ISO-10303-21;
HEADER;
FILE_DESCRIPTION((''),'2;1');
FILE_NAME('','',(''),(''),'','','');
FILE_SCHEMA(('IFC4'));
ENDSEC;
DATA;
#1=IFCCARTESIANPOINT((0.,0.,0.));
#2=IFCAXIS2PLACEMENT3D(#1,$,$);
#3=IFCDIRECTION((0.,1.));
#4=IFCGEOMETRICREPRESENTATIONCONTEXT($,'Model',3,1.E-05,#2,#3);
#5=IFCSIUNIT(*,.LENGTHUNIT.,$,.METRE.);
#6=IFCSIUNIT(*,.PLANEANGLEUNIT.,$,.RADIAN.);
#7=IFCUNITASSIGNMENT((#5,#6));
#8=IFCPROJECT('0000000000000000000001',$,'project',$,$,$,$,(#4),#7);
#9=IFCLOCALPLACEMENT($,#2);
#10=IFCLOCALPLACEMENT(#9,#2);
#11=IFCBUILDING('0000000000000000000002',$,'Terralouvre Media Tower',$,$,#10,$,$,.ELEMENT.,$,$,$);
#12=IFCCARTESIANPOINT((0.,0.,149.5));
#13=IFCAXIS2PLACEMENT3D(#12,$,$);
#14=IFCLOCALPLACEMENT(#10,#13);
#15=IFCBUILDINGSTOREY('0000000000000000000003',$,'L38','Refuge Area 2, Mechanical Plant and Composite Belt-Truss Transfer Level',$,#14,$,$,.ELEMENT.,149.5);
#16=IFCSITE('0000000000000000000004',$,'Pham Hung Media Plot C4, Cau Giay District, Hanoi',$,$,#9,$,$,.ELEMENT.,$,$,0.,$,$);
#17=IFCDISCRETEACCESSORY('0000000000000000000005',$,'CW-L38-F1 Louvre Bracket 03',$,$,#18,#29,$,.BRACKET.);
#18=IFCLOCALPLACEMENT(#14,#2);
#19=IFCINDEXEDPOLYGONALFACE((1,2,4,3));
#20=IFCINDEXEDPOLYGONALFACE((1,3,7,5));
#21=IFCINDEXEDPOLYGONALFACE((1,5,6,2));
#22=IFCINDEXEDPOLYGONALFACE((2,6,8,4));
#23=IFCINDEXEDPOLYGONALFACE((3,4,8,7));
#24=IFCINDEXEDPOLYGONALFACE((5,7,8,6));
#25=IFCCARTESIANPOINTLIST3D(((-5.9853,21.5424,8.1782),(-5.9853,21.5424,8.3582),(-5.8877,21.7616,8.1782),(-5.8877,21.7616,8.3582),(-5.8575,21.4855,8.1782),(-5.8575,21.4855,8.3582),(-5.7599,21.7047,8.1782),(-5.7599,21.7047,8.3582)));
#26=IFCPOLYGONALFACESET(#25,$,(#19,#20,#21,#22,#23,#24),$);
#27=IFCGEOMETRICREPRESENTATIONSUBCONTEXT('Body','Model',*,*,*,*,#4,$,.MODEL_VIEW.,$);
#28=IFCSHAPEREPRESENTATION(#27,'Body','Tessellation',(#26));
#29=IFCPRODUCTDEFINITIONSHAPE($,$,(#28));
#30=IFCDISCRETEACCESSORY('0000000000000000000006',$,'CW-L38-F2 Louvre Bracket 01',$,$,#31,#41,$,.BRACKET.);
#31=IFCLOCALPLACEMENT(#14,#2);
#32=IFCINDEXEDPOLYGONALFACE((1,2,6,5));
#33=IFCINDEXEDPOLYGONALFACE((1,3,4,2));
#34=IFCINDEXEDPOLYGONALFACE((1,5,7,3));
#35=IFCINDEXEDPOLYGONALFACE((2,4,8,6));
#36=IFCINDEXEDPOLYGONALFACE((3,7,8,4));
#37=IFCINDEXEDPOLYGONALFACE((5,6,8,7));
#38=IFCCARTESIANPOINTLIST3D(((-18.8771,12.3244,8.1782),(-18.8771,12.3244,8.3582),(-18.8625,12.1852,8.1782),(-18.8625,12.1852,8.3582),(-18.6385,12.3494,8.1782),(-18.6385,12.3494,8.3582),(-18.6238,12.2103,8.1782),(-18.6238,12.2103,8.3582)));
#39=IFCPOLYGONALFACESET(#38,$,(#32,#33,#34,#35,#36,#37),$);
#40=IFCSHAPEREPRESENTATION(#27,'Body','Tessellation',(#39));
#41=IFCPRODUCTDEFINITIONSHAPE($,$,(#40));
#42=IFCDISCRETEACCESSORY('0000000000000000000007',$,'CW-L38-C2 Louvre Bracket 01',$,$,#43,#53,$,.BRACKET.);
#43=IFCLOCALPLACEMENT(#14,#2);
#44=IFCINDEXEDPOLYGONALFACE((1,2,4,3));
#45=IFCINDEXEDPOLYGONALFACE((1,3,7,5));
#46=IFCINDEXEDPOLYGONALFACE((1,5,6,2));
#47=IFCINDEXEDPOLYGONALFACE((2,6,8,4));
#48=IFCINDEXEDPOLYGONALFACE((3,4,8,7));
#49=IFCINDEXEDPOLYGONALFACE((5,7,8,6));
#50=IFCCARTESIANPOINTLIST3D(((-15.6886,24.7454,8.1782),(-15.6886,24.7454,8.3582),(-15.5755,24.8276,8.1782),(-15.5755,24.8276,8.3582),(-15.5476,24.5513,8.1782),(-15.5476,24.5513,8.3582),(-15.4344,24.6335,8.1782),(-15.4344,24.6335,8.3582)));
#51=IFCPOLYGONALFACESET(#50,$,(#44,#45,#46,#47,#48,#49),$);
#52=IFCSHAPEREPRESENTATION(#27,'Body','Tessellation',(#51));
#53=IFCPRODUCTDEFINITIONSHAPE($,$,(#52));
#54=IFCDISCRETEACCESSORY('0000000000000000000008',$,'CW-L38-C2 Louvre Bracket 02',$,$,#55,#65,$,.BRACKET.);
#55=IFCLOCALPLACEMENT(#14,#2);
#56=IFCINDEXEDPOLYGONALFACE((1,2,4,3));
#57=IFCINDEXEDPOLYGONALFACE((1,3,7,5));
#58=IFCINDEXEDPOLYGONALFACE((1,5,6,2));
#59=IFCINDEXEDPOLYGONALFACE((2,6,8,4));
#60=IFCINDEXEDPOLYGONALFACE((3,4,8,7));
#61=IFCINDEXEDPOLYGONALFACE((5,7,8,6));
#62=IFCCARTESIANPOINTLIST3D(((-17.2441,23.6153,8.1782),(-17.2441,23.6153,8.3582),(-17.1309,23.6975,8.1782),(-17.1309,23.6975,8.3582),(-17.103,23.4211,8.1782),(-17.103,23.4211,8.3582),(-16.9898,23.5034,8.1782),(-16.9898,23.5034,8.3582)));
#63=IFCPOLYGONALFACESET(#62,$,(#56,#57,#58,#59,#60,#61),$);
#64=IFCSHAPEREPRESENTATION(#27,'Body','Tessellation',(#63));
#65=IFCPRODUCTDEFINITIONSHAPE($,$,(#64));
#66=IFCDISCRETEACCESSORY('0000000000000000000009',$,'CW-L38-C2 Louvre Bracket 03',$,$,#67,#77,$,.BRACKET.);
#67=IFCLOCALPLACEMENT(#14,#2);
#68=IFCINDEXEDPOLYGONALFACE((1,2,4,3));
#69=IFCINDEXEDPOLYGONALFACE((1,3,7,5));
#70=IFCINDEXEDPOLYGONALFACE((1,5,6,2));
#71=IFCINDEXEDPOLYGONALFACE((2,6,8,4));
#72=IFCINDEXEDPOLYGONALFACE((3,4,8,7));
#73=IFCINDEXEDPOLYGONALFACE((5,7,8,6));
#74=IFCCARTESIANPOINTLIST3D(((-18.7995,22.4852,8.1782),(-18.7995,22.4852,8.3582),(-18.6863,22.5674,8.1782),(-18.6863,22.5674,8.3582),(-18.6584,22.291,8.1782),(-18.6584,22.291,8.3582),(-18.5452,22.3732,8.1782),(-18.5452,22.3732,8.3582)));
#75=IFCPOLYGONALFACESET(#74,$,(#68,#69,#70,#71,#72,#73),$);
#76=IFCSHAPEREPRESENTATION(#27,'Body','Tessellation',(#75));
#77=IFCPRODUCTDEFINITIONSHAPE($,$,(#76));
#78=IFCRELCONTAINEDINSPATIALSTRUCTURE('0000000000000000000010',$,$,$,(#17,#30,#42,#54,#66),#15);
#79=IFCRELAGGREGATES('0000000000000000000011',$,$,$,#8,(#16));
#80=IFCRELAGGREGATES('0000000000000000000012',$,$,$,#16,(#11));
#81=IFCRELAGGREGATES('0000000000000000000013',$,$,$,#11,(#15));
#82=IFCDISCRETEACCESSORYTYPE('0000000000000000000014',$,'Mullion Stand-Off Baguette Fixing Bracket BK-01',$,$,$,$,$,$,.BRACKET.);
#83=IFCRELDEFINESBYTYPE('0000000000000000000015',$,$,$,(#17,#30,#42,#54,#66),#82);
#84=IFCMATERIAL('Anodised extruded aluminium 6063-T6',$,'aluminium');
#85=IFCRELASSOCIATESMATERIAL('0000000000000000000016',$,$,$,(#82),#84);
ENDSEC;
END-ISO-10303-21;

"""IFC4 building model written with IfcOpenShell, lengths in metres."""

from ifc_helpers import new_model, si_unit, direction, frame, origin, origin_2d, place, context, subcontext, project, spatial, rectangle, extrude, material, type_object, element, save


model = new_model("IFC4")

# Units and contexts
model_context = context("Model", 3, precision=1e-05, world=origin(), true_north=direction((0.0, 1.0)))
body_context = subcontext(model_context, "Body", "Model", "MODEL_VIEW")
ifc_project = project(units=[si_unit("LENGTHUNIT", "METRE"), si_unit("PLANEANGLEUNIT", "RADIAN")], contexts=[model_context])

# Site, building, storey
site_placement = place(None, origin())
site = spatial("IfcSite", under=ifc_project, at=site_placement, Name="Pham Hung Media Plot C4, Cau Giay District, Hanoi", CompositionType="ELEMENT", RefElevation=0.0)
building_placement = place(site_placement, origin())
building = spatial("IfcBuilding", under=site, at=building_placement, Name="Terralouvre Media Tower", CompositionType="ELEMENT")
storey_placement = place(building_placement, frame((0.0, 0.0, 149.5)))
storey = spatial("IfcBuildingStorey", under=building, at=storey_placement, Name="L38", Description="Refuge Area 2, Mechanical Plant and Composite Belt-Truss Transfer Level", CompositionType="ELEMENT", Elevation=149.5)

# Discrete accessories
ifc_material_1 = material(Name="Anodised extruded aluminium 6063-T6", Category="aluminium")
discrete_accessory_type = type_object("IfcDiscreteAccessoryType", Name="Mullion Stand-Off Baguette Fixing Bracket BK-01", PredefinedType="BRACKET", material=ifc_material_1)
for number, where, z_axis, x_axis, name in (
    (1, (-5.8726, 21.6235, 8.1782), (0.0, 0.0, 1.0), (-0.913545, 0.406737, 0.0), "CW-L38-F1 Louvre Bracket 03"),
    (2, (-18.7505, 12.2673, 8.1782), (0.0, 0.0, 1.0), (0.104528, -0.994522, 0.0), "CW-L38-F2 Louvre Bracket 01"),
    (3, (-15.5615, 24.6895, 8.1782), (0.0, 0.0, 1.0), (-0.809017, -0.587785, 0.0), "CW-L38-C2 Louvre Bracket 01"),
    (4, (-17.1169, 23.5593, 8.1782), (0.0, 0.0, 1.0), (-0.809017, -0.587785, 0.0), "CW-L38-C2 Louvre Bracket 02"),
    (5, (-18.6724, 22.4292, 8.1782), (0.0, 0.0, 1.0), (-0.809017, -0.587785, 0.0), "CW-L38-C2 Louvre Bracket 03"),
):
    element("IfcDiscreteAccessory", number, at=place(storey_placement, frame(where, z_axis=z_axis, x_axis=x_axis)), inside=storey, type_object=discrete_accessory_type, Name=name, PredefinedType="BRACKET", context=body_context, shape_type="SweptSolid", body=[
        extrude(rectangle(XDim=0.1399, YDim=0.24, at=origin_2d()), origin(), (0.0, 0.0, 1.0), 0.1799),
    ])

save(model, "model.ifc")
